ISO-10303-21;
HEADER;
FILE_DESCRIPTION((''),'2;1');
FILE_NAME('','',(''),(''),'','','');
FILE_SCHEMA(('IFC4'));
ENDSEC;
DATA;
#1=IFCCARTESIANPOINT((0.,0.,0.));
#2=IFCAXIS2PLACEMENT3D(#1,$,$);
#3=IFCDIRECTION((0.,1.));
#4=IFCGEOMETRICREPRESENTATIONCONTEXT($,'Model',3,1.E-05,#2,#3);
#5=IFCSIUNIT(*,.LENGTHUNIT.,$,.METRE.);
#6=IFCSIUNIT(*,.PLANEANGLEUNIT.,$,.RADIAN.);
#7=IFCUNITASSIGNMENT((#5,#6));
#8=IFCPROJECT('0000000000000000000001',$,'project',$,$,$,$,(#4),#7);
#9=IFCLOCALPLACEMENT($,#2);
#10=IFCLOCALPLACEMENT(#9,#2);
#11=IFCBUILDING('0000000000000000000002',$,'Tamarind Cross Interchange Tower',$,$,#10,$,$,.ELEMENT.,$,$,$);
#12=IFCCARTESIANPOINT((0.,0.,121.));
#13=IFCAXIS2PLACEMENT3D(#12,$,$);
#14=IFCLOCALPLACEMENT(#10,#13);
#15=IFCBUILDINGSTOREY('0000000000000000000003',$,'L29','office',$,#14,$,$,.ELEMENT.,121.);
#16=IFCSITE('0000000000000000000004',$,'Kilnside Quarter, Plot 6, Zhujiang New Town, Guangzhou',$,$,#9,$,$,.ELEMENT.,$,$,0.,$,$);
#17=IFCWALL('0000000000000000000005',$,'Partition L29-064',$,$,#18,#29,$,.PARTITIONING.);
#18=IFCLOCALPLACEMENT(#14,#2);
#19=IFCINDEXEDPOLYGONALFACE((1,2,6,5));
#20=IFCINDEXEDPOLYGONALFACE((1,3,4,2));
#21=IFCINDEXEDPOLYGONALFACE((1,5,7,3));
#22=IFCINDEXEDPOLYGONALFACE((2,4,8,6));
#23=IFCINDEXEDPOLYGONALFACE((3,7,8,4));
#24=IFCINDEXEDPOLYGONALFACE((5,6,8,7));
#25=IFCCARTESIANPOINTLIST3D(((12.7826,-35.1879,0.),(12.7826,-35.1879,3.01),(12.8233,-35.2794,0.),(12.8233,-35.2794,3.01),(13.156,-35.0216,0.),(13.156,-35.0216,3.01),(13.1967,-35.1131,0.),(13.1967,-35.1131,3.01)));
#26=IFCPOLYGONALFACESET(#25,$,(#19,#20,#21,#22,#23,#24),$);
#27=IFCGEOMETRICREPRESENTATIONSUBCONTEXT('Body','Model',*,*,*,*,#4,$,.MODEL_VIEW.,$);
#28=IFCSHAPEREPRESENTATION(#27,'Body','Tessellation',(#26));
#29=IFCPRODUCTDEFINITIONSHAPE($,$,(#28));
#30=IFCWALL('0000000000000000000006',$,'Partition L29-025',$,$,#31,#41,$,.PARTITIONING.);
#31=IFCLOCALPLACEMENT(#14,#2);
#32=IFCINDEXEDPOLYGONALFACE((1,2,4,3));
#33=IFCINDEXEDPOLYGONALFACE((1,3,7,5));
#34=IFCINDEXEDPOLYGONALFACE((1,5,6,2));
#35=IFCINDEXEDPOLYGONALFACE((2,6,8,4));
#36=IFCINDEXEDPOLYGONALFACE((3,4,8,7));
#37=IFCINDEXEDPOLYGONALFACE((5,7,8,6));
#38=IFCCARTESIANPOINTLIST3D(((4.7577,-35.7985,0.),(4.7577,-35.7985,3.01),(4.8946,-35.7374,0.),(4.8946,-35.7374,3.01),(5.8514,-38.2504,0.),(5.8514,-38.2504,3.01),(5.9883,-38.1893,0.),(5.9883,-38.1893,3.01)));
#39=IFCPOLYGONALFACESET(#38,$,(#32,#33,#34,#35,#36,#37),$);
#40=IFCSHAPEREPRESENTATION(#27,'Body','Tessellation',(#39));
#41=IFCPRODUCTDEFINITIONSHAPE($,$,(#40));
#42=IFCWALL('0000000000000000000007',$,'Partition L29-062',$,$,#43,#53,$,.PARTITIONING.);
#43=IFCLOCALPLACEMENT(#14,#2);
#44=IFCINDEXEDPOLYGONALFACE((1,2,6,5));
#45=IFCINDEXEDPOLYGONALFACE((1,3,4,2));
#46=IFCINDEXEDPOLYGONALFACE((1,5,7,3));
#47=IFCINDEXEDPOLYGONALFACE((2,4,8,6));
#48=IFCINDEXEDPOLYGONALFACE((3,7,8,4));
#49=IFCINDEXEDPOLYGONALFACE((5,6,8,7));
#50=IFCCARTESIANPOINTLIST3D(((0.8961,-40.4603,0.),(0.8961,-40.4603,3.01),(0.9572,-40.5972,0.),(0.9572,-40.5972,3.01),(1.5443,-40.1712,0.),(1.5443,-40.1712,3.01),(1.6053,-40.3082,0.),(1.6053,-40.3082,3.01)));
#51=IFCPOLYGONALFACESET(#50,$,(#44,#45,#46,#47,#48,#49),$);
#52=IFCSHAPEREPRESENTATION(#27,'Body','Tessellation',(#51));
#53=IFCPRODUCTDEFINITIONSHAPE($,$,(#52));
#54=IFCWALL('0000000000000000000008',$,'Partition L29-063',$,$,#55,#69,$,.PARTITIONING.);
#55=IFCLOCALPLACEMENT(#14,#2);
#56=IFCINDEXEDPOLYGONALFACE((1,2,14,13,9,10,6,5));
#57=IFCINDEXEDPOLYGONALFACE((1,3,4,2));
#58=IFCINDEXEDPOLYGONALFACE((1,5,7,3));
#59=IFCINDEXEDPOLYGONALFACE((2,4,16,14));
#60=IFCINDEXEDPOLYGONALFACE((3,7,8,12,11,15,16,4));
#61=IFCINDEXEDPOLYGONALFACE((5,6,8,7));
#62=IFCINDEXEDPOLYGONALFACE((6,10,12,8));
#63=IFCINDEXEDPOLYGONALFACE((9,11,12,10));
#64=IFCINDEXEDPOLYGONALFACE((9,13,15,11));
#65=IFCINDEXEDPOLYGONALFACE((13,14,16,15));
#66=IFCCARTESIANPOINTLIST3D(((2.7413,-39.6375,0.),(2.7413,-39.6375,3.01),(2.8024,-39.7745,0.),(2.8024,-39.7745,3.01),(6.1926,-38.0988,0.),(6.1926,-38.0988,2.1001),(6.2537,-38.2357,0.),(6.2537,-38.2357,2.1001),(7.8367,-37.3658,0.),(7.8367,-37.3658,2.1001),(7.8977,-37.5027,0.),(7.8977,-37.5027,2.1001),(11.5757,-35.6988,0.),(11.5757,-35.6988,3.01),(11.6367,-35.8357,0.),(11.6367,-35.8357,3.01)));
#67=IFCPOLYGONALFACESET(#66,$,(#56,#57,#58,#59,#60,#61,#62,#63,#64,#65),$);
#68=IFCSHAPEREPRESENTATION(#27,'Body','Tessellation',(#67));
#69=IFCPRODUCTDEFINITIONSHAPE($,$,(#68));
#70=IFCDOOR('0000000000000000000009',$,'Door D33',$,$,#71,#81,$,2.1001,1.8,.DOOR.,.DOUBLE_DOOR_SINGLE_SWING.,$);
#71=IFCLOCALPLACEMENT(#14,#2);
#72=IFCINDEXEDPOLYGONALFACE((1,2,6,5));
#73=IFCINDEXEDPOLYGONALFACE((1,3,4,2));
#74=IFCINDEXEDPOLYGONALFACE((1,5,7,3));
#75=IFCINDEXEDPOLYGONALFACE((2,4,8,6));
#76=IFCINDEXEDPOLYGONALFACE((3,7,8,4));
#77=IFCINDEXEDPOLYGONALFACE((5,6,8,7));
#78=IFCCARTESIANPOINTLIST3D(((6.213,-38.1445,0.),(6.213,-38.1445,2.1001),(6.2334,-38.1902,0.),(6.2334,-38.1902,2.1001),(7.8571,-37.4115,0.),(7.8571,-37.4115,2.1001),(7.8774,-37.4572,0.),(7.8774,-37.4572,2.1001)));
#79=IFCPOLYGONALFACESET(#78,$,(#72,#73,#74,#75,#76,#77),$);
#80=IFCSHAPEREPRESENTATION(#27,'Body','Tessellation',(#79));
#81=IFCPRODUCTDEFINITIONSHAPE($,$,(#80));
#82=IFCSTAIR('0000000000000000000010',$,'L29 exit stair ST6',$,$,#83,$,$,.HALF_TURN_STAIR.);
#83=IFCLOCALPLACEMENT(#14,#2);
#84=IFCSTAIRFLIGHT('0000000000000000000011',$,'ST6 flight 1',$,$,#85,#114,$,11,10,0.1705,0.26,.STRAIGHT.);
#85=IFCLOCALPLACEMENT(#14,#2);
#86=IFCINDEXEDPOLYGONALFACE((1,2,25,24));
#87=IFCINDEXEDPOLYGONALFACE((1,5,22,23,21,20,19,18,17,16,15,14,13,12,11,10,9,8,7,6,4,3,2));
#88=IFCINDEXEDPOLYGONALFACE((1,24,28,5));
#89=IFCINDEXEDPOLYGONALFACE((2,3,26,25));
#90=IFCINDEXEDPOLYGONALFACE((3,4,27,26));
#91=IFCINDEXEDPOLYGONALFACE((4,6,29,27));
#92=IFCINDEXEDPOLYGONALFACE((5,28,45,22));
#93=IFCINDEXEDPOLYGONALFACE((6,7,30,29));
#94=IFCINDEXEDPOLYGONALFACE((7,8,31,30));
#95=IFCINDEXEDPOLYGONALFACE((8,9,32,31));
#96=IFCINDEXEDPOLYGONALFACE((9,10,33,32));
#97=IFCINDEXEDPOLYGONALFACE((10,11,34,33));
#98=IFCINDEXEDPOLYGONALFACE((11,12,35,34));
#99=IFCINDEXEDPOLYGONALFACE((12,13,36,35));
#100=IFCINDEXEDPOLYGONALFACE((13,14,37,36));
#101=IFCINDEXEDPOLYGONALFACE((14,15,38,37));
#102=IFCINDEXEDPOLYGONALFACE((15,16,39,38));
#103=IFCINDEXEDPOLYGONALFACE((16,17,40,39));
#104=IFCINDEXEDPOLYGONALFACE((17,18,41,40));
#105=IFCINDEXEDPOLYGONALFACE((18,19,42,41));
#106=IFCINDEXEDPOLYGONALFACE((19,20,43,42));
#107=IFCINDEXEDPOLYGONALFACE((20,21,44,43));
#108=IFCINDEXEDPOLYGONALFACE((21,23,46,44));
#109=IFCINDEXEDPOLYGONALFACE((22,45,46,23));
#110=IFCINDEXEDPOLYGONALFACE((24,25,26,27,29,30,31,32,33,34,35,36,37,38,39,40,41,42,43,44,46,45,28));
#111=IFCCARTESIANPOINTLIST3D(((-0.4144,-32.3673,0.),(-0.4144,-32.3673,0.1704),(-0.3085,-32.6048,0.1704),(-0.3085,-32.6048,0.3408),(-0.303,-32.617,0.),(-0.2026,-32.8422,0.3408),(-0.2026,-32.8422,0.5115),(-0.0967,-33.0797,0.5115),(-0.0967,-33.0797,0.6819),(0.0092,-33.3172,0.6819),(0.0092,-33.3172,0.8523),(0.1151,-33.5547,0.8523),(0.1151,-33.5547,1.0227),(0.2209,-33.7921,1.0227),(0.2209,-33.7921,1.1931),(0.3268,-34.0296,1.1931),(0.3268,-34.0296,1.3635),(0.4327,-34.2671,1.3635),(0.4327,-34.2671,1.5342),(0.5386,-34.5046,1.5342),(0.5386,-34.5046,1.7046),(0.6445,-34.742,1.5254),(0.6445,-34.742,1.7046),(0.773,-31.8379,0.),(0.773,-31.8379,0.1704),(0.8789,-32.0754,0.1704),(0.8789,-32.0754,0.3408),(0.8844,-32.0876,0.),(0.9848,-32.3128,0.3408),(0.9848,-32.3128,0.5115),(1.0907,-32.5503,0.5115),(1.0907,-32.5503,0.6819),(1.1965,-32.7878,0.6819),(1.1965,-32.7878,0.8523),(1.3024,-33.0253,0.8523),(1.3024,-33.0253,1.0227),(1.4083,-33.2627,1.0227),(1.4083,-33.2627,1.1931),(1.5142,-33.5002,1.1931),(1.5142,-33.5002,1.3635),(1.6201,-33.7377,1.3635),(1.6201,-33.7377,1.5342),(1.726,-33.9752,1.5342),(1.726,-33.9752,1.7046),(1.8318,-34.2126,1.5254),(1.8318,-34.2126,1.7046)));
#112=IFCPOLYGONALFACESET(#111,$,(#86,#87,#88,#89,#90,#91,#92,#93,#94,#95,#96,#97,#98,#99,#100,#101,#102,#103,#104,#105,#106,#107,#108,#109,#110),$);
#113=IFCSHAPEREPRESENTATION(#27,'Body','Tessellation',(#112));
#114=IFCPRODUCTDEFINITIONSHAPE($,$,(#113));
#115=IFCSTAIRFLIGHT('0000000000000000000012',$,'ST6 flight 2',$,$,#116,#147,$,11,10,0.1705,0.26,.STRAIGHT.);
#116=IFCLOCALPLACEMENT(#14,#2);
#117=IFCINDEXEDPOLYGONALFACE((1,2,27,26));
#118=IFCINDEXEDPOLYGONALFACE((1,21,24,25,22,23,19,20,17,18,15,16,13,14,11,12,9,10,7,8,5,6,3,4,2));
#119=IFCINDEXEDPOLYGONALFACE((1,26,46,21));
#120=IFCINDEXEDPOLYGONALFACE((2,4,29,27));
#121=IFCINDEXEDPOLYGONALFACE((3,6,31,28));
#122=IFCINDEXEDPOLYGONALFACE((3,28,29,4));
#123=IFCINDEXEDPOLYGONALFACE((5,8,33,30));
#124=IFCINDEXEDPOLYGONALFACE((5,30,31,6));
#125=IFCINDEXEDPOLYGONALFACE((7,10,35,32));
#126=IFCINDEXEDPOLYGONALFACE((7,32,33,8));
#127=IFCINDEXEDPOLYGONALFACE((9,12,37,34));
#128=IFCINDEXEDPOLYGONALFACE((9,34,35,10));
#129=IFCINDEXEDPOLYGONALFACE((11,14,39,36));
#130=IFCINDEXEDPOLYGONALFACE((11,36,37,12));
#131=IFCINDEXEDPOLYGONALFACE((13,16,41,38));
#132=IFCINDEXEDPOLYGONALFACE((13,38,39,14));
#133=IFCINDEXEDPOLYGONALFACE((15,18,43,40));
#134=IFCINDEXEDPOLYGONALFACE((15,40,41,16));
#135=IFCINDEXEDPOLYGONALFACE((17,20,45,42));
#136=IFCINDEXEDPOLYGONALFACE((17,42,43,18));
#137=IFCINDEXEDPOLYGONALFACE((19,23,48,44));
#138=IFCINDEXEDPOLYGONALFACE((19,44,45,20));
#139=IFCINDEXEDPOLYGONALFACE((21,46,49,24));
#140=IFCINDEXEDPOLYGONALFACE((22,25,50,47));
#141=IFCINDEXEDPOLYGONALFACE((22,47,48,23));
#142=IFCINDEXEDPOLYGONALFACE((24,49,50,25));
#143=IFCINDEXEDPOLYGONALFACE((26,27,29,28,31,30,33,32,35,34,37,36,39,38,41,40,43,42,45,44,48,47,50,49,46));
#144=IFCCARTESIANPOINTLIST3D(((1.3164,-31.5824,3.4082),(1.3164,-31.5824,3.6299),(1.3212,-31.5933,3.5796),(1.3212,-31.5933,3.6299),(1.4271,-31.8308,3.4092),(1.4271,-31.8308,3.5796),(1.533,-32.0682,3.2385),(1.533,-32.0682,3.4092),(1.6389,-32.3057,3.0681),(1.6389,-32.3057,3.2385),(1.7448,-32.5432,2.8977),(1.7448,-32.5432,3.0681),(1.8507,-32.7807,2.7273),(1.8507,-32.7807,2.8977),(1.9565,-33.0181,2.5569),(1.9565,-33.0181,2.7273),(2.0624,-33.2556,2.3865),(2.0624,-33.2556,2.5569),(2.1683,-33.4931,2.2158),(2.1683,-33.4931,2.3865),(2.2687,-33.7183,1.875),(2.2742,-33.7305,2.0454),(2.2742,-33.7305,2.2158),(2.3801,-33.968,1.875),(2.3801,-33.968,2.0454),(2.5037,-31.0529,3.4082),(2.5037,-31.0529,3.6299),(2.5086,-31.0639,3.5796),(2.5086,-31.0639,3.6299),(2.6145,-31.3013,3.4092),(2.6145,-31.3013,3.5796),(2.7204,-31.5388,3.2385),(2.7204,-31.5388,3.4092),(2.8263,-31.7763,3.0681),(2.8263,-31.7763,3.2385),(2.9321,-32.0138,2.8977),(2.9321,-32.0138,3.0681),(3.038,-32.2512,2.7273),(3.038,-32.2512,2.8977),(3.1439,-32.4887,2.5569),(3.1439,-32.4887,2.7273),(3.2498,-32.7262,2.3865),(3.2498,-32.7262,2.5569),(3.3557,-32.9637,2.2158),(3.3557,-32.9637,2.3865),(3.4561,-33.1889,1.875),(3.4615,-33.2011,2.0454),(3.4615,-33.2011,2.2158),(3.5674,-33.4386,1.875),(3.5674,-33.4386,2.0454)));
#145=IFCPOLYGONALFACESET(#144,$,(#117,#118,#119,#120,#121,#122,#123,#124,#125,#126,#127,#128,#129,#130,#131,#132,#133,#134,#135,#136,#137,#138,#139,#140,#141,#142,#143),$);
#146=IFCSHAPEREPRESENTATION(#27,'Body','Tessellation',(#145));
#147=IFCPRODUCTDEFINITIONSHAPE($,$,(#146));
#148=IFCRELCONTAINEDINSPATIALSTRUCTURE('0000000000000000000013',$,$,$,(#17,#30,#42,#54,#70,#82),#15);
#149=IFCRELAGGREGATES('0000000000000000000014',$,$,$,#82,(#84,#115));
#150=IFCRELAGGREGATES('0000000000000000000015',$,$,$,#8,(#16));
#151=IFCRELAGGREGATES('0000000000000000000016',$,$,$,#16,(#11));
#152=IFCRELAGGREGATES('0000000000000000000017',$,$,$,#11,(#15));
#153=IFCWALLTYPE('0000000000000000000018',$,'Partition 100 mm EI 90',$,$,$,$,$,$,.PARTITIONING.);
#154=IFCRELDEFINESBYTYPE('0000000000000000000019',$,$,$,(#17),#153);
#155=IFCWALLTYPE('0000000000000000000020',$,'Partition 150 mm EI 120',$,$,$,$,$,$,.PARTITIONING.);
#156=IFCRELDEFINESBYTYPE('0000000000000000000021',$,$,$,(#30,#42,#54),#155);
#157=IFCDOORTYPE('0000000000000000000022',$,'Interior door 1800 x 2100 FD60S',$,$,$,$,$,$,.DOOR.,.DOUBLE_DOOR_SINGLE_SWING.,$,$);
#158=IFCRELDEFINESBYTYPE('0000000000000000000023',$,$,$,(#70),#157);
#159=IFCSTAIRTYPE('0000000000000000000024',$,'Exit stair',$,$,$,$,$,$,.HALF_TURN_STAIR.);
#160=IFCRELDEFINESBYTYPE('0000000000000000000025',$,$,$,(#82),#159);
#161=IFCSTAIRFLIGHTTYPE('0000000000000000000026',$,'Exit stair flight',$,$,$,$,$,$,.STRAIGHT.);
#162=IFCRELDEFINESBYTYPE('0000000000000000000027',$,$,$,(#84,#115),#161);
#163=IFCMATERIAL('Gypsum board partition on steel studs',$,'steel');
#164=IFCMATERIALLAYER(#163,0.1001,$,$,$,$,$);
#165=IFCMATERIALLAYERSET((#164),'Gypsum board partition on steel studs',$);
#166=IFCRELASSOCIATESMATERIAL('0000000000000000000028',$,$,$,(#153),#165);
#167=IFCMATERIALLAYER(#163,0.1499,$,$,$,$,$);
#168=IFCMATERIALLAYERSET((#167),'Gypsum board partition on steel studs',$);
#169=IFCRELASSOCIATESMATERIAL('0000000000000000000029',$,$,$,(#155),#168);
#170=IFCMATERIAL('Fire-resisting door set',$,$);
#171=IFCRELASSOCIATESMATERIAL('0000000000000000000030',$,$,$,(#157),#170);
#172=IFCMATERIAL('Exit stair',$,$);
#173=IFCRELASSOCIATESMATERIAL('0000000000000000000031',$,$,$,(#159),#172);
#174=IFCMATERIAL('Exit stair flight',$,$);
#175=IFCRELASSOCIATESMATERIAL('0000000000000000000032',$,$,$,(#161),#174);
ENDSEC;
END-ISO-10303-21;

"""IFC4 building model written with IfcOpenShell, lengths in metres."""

from ifc_helpers import new_model, si_unit, direction, frame, frame_2d, origin, place, context, subcontext, project, spatial, polyline, rectangle, outline, extrude, material, layer, layer_set, type_object, element, fill, aggregate, save


model = new_model("IFC4")

# Units and contexts
model_context = context("Model", 3, precision=1e-05, world=origin(), true_north=direction((0.0, 1.0)))
body_context = subcontext(model_context, "Body", "Model", "MODEL_VIEW")
ifc_project = project(units=[si_unit("LENGTHUNIT", "METRE"), si_unit("PLANEANGLEUNIT", "RADIAN")], contexts=[model_context])

# Site, building, storey
site_placement = place(None, origin())
site = spatial("IfcSite", under=ifc_project, at=site_placement, Name="Kilnside Quarter, Plot 6, Zhujiang New Town, Guangzhou", CompositionType="ELEMENT", RefElevation=0.0)
building_placement = place(site_placement, origin())
building = spatial("IfcBuilding", under=site, at=building_placement, Name="Tamarind Cross Interchange Tower", CompositionType="ELEMENT")
storey_placement = place(building_placement, frame((0.0, 0.0, 121.0)))
storey = spatial("IfcBuildingStorey", under=building, at=storey_placement, Name="L29", Description="office", CompositionType="ELEMENT", Elevation=121.0)

# Walls
ifc_material_1 = material(Name="Gypsum board partition on steel studs", Category="steel")
ifc_layer_1 = layer(ifc_material_1, 0.1001)
ifc_layer_set_1 = layer_set([ifc_layer_1], Name="Gypsum board partition on steel studs")
wall_type_1 = type_object("IfcWallType", Name="Partition 100 mm EI 90", PredefinedType="PARTITIONING", material=ifc_layer_set_1)
wall_1_placement = place(storey_placement, frame((12.803, -35.2336, 0.0), z_axis=(0.0, 0.0, 1.0), x_axis=(0.913491, 0.406859, 0.0)))
element("IfcWall", 1, at=wall_1_placement, inside=storey, type_object=wall_type_1, Name="Partition L29-064", PredefinedType="PARTITIONING", context=body_context, shape_type="SweptSolid", body=[
    extrude(rectangle(XDim=0.4087, YDim=0.1001, at=frame_2d((0.2043, 0.0))), origin(), (0.0, 0.0, 1.0), 3.01),
])
ifc_layer_2 = layer(ifc_material_1, 0.1499)
ifc_layer_set_2 = layer_set([ifc_layer_2], Name="Gypsum board partition on steel studs")
wall_type_2 = type_object("IfcWallType", Name="Partition 150 mm EI 120", PredefinedType="PARTITIONING", material=ifc_layer_set_2)
wall_2_placement = place(storey_placement, frame((4.8262, -35.7681, 0.0), z_axis=(0.0, 0.0, 1.0), x_axis=(0.407387, -0.913256, 0.0)))
element("IfcWall", 2, at=wall_2_placement, inside=storey, type_object=wall_type_2, Name="Partition L29-025", PredefinedType="PARTITIONING", context=body_context, shape_type="SweptSolid", body=[
    extrude(rectangle(XDim=2.6848, YDim=0.1499, at=frame_2d((1.3423, 0.0))), origin(), (0.0, 0.0, 1.0), 3.01),
])
wall_3_placement = place(storey_placement, frame((0.9265, -40.5288, 0.0), z_axis=(0.0, 0.0, 1.0), x_axis=(0.9133, 0.407287, 0.0)))
element("IfcWall", 3, at=wall_3_placement, inside=storey, type_object=wall_type_2, Name="Partition L29-062", PredefinedType="PARTITIONING", context=body_context, shape_type="SweptSolid", body=[
    extrude(rectangle(XDim=0.7097, YDim=0.1499, at=frame_2d((0.355, 0.0))), origin(), (0.0, 0.0, 1.0), 3.01),
])

# Wall, opening, door
wall_4_placement = place(storey_placement, frame((2.7717, -39.7061, 0.0), z_axis=(0.0, 0.0, 1.0), x_axis=(0.913335, 0.407208, 0.0)))
wall_4 = element("IfcWall", 4, at=wall_4_placement, inside=storey, type_object=wall_type_2, Name="Partition L29-063", PredefinedType="PARTITIONING", context=body_context, shape_type="SweptSolid", body=[
    extrude(rectangle(XDim=9.6726, YDim=0.1499, at=frame_2d((4.8364, 0.0))), origin(), (0.0, 0.0, 1.0), 3.01),
])
opening_placement = place(wall_4_placement, frame((3.7791, 0.0, 0.0)))
opening = element("IfcOpeningElement", 5, at=opening_placement, cuts=wall_4, PredefinedType="OPENING", context=body_context, shape_type="SweptSolid", body=[
    extrude(rectangle(XDim=1.8, YDim=2.1001, at=frame_2d((0.8999, 1.05))), frame((0.0, 0.085, 0.0), z_axis=(0.0, -1.0, 0.0), x_axis=(1.0, 0.0, 0.0)), (0.0, 0.0, 1.0), 0.1699),
])
ifc_material_2 = material(Name="Fire-resisting door set")
door_type = type_object("IfcDoorType", Name="Interior door 1800 x 2100 FD60S", OperationType="DOUBLE_DOOR_SINGLE_SWING", PredefinedType="DOOR", material=ifc_material_2)
door_placement = place(opening_placement, origin())
door = element("IfcDoor", 6, at=door_placement, inside=storey, type_object=door_type, Name="Door D33", OperationType="DOUBLE_DOOR_SINGLE_SWING", OverallHeight=2.1001, OverallWidth=1.8, PredefinedType="DOOR", context=body_context, shape_type="SweptSolid", body=[
    extrude(rectangle(XDim=1.8, YDim=2.1001, at=frame_2d((0.8999, 1.05))), frame((0.0, 0.0249, 0.0), z_axis=(0.0, -1.0, 0.0), x_axis=(1.0, 0.0, 0.0)), (0.0, 0.0, 1.0), 0.05),
])
fill(opening, door)

# Stair, stair flights
ifc_material_3 = material(Name="Exit stair")
stair_type = type_object("IfcStairType", Name="Exit stair", PredefinedType="HALF_TURN_STAIR", material=ifc_material_3)
stair_placement = place(storey_placement, origin())
stair = element("IfcStair", 7, at=stair_placement, inside=storey, type_object=stair_type, Name="L29 exit stair ST6", PredefinedType="HALF_TURN_STAIR")
ifc_material_4 = material(Name="Exit stair flight")
stair_flight_type = type_object("IfcStairFlightType", Name="Exit stair flight", PredefinedType="STRAIGHT", material=ifc_material_4)
stair_flight_1_placement = place(storey_placement, frame((0.1794, -32.1025, 0.0), z_axis=(0.0, 0.0, 1.0), x_axis=(0.407221, -0.91333, 0.0)))
stair_flight_1 = element("IfcStairFlight", 8, at=stair_flight_1_placement, type_object=stair_flight_type, Name="ST6 flight 1", NumberOfRisers=11, NumberOfTreads=10, PredefinedType="STRAIGHT", RiserHeight=0.1705, TreadLength=0.26, context=body_context, shape_type="SweptSolid", body=[
    extrude(outline(polyline([(0.0, 0.0), (0.0, 0.1704), (0.26, 0.1704), (0.26, 0.3408), (0.52, 0.3408), (0.52, 0.5115), (0.78, 0.5115), (0.78, 0.6819), (1.04, 0.6819), (1.04, 0.8523), (1.3, 0.8523), (1.3, 1.0227), (1.5601, 1.0227), (1.5601, 1.1931), (1.8201, 1.1931), (1.8201, 1.3635), (2.0801, 1.3635), (2.0801, 1.5342), (2.3401, 1.5342), (2.3401, 1.7046), (2.6001, 1.7046), (2.6001, 1.875), (2.6001, 1.5254), (0.2734, 0.0), (0.0, 0.0)])), frame((0.0, 0.6499, 0.0), z_axis=(0.0, -1.0, 0.0), x_axis=(1.0, 0.0, 0.0)), (0.0, 0.0, 1.0), 1.3),
])
stair_flight_2_placement = place(storey_placement, frame((2.9736, -33.7034, 1.875), z_axis=(0.0, 0.0, 1.0), x_axis=(-0.407221, 0.91333, 0.0)))
stair_flight_2 = element("IfcStairFlight", 9, at=stair_flight_2_placement, type_object=stair_flight_type, Name="ST6 flight 2", NumberOfRisers=11, NumberOfTreads=10, PredefinedType="STRAIGHT", RiserHeight=0.1705, TreadLength=0.26, context=body_context, shape_type="SweptSolid", body=[
    extrude(outline(polyline([(0.0, 0.0), (0.0, 0.1704), (0.26, 0.1704), (0.26, 0.3408), (0.52, 0.3408), (0.52, 0.5115), (0.78, 0.5115), (0.78, 0.6819), (1.04, 0.6819), (1.04, 0.8523), (1.3, 0.8523), (1.3, 1.0227), (1.5601, 1.0227), (1.5601, 1.1931), (1.8201, 1.1931), (1.8201, 1.3635), (2.0801, 1.3635), (2.0801, 1.5342), (2.3401, 1.5342), (2.3401, 1.7046), (2.6001, 1.7046), (2.6001, 1.7549), (2.6121, 1.7549), (2.6121, 1.5332), (0.2734, 0.0), (0.0, 0.0)])), frame((0.0, 0.6499, 0.0), z_axis=(0.0, -1.0, 0.0), x_axis=(1.0, 0.0, 0.0)), (0.0, 0.0, 1.0), 1.3),
])
aggregate(stair, [stair_flight_1, stair_flight_2])

save(model, "model.ifc")
